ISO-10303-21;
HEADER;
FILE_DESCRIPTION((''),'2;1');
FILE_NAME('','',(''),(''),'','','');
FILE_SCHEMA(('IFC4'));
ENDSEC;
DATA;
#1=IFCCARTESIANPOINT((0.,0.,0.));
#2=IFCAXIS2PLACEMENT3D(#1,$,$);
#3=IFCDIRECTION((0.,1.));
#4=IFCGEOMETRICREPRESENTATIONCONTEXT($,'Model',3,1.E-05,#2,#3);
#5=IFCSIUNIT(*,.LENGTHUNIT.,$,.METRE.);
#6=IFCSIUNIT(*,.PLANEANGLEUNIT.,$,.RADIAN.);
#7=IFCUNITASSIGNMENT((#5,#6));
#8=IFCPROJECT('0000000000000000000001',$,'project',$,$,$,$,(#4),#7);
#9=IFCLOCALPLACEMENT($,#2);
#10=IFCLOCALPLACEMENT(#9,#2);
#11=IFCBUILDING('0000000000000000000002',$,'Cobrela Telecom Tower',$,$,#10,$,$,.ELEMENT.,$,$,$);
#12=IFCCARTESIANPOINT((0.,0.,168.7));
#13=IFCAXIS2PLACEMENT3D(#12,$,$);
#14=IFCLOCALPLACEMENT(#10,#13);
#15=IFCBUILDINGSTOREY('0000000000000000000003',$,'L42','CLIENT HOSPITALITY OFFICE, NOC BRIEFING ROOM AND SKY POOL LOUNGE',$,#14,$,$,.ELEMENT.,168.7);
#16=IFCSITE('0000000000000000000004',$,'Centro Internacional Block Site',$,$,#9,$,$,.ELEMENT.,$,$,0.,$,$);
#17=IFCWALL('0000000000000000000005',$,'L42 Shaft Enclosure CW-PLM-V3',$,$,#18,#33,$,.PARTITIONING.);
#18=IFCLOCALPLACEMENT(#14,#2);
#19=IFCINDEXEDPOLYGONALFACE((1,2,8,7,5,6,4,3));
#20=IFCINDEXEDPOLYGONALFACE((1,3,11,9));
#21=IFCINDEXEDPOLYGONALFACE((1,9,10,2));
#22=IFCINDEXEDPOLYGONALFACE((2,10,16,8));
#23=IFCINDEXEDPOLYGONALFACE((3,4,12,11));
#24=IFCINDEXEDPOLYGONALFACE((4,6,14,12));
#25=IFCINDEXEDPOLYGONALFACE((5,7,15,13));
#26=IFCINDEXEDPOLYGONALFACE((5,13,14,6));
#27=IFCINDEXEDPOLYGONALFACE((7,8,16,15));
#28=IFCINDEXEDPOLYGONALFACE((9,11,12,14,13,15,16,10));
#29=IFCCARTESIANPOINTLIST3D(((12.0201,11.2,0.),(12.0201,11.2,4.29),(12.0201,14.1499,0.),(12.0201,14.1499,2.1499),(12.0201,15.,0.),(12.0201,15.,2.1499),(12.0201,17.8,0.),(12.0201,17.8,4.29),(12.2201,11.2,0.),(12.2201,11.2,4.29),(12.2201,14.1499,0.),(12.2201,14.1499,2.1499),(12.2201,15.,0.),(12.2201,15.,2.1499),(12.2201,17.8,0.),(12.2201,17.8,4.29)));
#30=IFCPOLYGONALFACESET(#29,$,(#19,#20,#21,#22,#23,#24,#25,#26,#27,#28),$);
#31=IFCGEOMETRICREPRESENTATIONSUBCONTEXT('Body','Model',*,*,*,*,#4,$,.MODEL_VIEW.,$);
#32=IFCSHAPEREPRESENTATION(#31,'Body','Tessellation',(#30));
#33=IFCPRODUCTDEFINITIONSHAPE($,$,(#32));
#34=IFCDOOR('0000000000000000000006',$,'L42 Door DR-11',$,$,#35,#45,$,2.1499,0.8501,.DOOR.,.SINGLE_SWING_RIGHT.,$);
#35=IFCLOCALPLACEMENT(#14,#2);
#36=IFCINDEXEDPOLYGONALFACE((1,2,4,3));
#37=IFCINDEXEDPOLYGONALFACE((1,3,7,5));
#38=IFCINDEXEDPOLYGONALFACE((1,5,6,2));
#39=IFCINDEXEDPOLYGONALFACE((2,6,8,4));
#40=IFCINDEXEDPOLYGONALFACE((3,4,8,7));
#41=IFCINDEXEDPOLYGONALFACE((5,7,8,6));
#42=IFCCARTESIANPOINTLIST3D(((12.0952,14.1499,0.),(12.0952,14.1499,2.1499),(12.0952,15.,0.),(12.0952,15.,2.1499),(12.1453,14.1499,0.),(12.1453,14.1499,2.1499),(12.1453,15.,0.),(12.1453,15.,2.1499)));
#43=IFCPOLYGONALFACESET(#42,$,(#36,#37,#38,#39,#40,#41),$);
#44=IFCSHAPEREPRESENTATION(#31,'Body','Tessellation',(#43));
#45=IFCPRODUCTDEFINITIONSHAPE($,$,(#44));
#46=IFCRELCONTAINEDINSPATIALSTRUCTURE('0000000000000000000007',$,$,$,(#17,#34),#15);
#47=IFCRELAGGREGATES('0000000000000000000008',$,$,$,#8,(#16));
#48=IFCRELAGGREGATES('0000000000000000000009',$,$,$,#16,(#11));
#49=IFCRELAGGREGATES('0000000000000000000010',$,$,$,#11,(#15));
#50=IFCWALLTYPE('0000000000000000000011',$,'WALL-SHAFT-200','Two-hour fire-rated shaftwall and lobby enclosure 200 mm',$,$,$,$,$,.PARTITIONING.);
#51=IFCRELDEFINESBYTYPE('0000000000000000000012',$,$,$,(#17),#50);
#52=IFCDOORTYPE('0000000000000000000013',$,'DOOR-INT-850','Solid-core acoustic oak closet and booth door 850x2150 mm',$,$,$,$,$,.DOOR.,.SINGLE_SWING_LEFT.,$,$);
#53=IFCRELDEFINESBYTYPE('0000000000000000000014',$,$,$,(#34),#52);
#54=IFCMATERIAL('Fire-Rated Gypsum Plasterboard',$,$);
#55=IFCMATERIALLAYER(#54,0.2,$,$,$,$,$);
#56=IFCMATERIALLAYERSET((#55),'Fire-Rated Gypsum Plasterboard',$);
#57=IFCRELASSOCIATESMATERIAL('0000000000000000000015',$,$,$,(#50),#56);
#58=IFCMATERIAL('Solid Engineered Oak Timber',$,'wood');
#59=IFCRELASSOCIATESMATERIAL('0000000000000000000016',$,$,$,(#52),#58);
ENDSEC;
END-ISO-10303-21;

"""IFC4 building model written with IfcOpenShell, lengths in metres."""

from ifc_helpers import new_model, si_unit, direction, frame, frame_2d, origin, place, context, subcontext, project, spatial, rectangle, extrude, material, layer, layer_set, type_object, element, fill, save


model = new_model("IFC4")

# Units and contexts
model_context = context("Model", 3, precision=1e-05, world=origin(), true_north=direction((0.0, 1.0)))
body_context = subcontext(model_context, "Body", "Model", "MODEL_VIEW")
ifc_project = project(units=[si_unit("LENGTHUNIT", "METRE"), si_unit("PLANEANGLEUNIT", "RADIAN")], contexts=[model_context])

# Site, building, storey
site_placement = place(None, origin())
site = spatial("IfcSite", under=ifc_project, at=site_placement, Name="Centro Internacional Block Site", CompositionType="ELEMENT", RefElevation=0.0)
building_placement = place(site_placement, origin())
building = spatial("IfcBuilding", under=site, at=building_placement, Name="Cobrela Telecom Tower", CompositionType="ELEMENT")
storey_placement = place(building_placement, frame((0.0, 0.0, 168.7)))
storey = spatial("IfcBuildingStorey", under=building, at=storey_placement, Name="L42", Description="CLIENT HOSPITALITY OFFICE, NOC BRIEFING ROOM AND SKY POOL LOUNGE", CompositionType="ELEMENT", Elevation=168.7)

# Shared definitions
ifc_material_1 = material(Name="Fire-Rated Gypsum Plasterboard")
ifc_layer_1 = layer(ifc_material_1, 0.2)
ifc_layer_set_1 = layer_set([ifc_layer_1], Name="Fire-Rated Gypsum Plasterboard")
wall_type_1 = type_object("IfcWallType", Name="WALL-SHAFT-200", Description="Two-hour fire-rated shaftwall and lobby enclosure 200 mm", PredefinedType="PARTITIONING", material=ifc_layer_set_1)

# Wall, opening, door
wall_1_placement = place(storey_placement, frame((12.1201, 11.2, 0.0), z_axis=(0.0, 0.0, 1.0), x_axis=(0.0, 1.0, 0.0)))
wall_1 = element("IfcWall", 1, at=wall_1_placement, inside=storey, type_object=wall_type_1, Name="L42 Shaft Enclosure CW-PLM-V3", PredefinedType="PARTITIONING", context=body_context, shape_type="SweptSolid", body=[
    extrude(rectangle(XDim=6.6001, YDim=0.2, at=frame_2d((3.3, 0.0))), origin(), (0.0, 0.0, 1.0), 4.29),
])
opening_1_placement = place(wall_1_placement, frame((2.95, 0.0, 0.0)))
opening_1 = element("IfcOpeningElement", 2, at=opening_1_placement, cuts=wall_1, PredefinedType="OPENING", context=body_context, shape_type="SweptSolid", body=[
    extrude(rectangle(XDim=0.8501, YDim=2.1499, at=frame_2d((0.425, 1.075))), frame((0.0, 0.1118, 0.0), z_axis=(0.0, -1.0, 0.0), x_axis=(1.0, 0.0, 0.0)), (0.0, 0.0, 1.0), 0.2239),
])
ifc_material_2 = material(Name="Solid Engineered Oak Timber", Category="wood")
door_type_1 = type_object("IfcDoorType", Name="DOOR-INT-850", Description="Solid-core acoustic oak closet and booth door 850x2150 mm", OperationType="SINGLE_SWING_LEFT", PredefinedType="DOOR", material=ifc_material_2)
door_1_placement = place(opening_1_placement, origin())
door_1 = element("IfcDoor", 3, at=door_1_placement, inside=storey, type_object=door_type_1, Name="L42 Door DR-11", OperationType="SINGLE_SWING_RIGHT", OverallHeight=2.1499, OverallWidth=0.8501, PredefinedType="DOOR", context=body_context, shape_type="SweptSolid", body=[
    extrude(rectangle(XDim=0.8501, YDim=2.1499, at=frame_2d((0.425, 1.075))), frame((0.0, 0.0249, 0.0), z_axis=(0.0, -1.0, 0.0), x_axis=(1.0, 0.0, 0.0)), (0.0, 0.0, 1.0), 0.05),
])
fill(opening_1, door_1)

save(model, "model.ifc")
